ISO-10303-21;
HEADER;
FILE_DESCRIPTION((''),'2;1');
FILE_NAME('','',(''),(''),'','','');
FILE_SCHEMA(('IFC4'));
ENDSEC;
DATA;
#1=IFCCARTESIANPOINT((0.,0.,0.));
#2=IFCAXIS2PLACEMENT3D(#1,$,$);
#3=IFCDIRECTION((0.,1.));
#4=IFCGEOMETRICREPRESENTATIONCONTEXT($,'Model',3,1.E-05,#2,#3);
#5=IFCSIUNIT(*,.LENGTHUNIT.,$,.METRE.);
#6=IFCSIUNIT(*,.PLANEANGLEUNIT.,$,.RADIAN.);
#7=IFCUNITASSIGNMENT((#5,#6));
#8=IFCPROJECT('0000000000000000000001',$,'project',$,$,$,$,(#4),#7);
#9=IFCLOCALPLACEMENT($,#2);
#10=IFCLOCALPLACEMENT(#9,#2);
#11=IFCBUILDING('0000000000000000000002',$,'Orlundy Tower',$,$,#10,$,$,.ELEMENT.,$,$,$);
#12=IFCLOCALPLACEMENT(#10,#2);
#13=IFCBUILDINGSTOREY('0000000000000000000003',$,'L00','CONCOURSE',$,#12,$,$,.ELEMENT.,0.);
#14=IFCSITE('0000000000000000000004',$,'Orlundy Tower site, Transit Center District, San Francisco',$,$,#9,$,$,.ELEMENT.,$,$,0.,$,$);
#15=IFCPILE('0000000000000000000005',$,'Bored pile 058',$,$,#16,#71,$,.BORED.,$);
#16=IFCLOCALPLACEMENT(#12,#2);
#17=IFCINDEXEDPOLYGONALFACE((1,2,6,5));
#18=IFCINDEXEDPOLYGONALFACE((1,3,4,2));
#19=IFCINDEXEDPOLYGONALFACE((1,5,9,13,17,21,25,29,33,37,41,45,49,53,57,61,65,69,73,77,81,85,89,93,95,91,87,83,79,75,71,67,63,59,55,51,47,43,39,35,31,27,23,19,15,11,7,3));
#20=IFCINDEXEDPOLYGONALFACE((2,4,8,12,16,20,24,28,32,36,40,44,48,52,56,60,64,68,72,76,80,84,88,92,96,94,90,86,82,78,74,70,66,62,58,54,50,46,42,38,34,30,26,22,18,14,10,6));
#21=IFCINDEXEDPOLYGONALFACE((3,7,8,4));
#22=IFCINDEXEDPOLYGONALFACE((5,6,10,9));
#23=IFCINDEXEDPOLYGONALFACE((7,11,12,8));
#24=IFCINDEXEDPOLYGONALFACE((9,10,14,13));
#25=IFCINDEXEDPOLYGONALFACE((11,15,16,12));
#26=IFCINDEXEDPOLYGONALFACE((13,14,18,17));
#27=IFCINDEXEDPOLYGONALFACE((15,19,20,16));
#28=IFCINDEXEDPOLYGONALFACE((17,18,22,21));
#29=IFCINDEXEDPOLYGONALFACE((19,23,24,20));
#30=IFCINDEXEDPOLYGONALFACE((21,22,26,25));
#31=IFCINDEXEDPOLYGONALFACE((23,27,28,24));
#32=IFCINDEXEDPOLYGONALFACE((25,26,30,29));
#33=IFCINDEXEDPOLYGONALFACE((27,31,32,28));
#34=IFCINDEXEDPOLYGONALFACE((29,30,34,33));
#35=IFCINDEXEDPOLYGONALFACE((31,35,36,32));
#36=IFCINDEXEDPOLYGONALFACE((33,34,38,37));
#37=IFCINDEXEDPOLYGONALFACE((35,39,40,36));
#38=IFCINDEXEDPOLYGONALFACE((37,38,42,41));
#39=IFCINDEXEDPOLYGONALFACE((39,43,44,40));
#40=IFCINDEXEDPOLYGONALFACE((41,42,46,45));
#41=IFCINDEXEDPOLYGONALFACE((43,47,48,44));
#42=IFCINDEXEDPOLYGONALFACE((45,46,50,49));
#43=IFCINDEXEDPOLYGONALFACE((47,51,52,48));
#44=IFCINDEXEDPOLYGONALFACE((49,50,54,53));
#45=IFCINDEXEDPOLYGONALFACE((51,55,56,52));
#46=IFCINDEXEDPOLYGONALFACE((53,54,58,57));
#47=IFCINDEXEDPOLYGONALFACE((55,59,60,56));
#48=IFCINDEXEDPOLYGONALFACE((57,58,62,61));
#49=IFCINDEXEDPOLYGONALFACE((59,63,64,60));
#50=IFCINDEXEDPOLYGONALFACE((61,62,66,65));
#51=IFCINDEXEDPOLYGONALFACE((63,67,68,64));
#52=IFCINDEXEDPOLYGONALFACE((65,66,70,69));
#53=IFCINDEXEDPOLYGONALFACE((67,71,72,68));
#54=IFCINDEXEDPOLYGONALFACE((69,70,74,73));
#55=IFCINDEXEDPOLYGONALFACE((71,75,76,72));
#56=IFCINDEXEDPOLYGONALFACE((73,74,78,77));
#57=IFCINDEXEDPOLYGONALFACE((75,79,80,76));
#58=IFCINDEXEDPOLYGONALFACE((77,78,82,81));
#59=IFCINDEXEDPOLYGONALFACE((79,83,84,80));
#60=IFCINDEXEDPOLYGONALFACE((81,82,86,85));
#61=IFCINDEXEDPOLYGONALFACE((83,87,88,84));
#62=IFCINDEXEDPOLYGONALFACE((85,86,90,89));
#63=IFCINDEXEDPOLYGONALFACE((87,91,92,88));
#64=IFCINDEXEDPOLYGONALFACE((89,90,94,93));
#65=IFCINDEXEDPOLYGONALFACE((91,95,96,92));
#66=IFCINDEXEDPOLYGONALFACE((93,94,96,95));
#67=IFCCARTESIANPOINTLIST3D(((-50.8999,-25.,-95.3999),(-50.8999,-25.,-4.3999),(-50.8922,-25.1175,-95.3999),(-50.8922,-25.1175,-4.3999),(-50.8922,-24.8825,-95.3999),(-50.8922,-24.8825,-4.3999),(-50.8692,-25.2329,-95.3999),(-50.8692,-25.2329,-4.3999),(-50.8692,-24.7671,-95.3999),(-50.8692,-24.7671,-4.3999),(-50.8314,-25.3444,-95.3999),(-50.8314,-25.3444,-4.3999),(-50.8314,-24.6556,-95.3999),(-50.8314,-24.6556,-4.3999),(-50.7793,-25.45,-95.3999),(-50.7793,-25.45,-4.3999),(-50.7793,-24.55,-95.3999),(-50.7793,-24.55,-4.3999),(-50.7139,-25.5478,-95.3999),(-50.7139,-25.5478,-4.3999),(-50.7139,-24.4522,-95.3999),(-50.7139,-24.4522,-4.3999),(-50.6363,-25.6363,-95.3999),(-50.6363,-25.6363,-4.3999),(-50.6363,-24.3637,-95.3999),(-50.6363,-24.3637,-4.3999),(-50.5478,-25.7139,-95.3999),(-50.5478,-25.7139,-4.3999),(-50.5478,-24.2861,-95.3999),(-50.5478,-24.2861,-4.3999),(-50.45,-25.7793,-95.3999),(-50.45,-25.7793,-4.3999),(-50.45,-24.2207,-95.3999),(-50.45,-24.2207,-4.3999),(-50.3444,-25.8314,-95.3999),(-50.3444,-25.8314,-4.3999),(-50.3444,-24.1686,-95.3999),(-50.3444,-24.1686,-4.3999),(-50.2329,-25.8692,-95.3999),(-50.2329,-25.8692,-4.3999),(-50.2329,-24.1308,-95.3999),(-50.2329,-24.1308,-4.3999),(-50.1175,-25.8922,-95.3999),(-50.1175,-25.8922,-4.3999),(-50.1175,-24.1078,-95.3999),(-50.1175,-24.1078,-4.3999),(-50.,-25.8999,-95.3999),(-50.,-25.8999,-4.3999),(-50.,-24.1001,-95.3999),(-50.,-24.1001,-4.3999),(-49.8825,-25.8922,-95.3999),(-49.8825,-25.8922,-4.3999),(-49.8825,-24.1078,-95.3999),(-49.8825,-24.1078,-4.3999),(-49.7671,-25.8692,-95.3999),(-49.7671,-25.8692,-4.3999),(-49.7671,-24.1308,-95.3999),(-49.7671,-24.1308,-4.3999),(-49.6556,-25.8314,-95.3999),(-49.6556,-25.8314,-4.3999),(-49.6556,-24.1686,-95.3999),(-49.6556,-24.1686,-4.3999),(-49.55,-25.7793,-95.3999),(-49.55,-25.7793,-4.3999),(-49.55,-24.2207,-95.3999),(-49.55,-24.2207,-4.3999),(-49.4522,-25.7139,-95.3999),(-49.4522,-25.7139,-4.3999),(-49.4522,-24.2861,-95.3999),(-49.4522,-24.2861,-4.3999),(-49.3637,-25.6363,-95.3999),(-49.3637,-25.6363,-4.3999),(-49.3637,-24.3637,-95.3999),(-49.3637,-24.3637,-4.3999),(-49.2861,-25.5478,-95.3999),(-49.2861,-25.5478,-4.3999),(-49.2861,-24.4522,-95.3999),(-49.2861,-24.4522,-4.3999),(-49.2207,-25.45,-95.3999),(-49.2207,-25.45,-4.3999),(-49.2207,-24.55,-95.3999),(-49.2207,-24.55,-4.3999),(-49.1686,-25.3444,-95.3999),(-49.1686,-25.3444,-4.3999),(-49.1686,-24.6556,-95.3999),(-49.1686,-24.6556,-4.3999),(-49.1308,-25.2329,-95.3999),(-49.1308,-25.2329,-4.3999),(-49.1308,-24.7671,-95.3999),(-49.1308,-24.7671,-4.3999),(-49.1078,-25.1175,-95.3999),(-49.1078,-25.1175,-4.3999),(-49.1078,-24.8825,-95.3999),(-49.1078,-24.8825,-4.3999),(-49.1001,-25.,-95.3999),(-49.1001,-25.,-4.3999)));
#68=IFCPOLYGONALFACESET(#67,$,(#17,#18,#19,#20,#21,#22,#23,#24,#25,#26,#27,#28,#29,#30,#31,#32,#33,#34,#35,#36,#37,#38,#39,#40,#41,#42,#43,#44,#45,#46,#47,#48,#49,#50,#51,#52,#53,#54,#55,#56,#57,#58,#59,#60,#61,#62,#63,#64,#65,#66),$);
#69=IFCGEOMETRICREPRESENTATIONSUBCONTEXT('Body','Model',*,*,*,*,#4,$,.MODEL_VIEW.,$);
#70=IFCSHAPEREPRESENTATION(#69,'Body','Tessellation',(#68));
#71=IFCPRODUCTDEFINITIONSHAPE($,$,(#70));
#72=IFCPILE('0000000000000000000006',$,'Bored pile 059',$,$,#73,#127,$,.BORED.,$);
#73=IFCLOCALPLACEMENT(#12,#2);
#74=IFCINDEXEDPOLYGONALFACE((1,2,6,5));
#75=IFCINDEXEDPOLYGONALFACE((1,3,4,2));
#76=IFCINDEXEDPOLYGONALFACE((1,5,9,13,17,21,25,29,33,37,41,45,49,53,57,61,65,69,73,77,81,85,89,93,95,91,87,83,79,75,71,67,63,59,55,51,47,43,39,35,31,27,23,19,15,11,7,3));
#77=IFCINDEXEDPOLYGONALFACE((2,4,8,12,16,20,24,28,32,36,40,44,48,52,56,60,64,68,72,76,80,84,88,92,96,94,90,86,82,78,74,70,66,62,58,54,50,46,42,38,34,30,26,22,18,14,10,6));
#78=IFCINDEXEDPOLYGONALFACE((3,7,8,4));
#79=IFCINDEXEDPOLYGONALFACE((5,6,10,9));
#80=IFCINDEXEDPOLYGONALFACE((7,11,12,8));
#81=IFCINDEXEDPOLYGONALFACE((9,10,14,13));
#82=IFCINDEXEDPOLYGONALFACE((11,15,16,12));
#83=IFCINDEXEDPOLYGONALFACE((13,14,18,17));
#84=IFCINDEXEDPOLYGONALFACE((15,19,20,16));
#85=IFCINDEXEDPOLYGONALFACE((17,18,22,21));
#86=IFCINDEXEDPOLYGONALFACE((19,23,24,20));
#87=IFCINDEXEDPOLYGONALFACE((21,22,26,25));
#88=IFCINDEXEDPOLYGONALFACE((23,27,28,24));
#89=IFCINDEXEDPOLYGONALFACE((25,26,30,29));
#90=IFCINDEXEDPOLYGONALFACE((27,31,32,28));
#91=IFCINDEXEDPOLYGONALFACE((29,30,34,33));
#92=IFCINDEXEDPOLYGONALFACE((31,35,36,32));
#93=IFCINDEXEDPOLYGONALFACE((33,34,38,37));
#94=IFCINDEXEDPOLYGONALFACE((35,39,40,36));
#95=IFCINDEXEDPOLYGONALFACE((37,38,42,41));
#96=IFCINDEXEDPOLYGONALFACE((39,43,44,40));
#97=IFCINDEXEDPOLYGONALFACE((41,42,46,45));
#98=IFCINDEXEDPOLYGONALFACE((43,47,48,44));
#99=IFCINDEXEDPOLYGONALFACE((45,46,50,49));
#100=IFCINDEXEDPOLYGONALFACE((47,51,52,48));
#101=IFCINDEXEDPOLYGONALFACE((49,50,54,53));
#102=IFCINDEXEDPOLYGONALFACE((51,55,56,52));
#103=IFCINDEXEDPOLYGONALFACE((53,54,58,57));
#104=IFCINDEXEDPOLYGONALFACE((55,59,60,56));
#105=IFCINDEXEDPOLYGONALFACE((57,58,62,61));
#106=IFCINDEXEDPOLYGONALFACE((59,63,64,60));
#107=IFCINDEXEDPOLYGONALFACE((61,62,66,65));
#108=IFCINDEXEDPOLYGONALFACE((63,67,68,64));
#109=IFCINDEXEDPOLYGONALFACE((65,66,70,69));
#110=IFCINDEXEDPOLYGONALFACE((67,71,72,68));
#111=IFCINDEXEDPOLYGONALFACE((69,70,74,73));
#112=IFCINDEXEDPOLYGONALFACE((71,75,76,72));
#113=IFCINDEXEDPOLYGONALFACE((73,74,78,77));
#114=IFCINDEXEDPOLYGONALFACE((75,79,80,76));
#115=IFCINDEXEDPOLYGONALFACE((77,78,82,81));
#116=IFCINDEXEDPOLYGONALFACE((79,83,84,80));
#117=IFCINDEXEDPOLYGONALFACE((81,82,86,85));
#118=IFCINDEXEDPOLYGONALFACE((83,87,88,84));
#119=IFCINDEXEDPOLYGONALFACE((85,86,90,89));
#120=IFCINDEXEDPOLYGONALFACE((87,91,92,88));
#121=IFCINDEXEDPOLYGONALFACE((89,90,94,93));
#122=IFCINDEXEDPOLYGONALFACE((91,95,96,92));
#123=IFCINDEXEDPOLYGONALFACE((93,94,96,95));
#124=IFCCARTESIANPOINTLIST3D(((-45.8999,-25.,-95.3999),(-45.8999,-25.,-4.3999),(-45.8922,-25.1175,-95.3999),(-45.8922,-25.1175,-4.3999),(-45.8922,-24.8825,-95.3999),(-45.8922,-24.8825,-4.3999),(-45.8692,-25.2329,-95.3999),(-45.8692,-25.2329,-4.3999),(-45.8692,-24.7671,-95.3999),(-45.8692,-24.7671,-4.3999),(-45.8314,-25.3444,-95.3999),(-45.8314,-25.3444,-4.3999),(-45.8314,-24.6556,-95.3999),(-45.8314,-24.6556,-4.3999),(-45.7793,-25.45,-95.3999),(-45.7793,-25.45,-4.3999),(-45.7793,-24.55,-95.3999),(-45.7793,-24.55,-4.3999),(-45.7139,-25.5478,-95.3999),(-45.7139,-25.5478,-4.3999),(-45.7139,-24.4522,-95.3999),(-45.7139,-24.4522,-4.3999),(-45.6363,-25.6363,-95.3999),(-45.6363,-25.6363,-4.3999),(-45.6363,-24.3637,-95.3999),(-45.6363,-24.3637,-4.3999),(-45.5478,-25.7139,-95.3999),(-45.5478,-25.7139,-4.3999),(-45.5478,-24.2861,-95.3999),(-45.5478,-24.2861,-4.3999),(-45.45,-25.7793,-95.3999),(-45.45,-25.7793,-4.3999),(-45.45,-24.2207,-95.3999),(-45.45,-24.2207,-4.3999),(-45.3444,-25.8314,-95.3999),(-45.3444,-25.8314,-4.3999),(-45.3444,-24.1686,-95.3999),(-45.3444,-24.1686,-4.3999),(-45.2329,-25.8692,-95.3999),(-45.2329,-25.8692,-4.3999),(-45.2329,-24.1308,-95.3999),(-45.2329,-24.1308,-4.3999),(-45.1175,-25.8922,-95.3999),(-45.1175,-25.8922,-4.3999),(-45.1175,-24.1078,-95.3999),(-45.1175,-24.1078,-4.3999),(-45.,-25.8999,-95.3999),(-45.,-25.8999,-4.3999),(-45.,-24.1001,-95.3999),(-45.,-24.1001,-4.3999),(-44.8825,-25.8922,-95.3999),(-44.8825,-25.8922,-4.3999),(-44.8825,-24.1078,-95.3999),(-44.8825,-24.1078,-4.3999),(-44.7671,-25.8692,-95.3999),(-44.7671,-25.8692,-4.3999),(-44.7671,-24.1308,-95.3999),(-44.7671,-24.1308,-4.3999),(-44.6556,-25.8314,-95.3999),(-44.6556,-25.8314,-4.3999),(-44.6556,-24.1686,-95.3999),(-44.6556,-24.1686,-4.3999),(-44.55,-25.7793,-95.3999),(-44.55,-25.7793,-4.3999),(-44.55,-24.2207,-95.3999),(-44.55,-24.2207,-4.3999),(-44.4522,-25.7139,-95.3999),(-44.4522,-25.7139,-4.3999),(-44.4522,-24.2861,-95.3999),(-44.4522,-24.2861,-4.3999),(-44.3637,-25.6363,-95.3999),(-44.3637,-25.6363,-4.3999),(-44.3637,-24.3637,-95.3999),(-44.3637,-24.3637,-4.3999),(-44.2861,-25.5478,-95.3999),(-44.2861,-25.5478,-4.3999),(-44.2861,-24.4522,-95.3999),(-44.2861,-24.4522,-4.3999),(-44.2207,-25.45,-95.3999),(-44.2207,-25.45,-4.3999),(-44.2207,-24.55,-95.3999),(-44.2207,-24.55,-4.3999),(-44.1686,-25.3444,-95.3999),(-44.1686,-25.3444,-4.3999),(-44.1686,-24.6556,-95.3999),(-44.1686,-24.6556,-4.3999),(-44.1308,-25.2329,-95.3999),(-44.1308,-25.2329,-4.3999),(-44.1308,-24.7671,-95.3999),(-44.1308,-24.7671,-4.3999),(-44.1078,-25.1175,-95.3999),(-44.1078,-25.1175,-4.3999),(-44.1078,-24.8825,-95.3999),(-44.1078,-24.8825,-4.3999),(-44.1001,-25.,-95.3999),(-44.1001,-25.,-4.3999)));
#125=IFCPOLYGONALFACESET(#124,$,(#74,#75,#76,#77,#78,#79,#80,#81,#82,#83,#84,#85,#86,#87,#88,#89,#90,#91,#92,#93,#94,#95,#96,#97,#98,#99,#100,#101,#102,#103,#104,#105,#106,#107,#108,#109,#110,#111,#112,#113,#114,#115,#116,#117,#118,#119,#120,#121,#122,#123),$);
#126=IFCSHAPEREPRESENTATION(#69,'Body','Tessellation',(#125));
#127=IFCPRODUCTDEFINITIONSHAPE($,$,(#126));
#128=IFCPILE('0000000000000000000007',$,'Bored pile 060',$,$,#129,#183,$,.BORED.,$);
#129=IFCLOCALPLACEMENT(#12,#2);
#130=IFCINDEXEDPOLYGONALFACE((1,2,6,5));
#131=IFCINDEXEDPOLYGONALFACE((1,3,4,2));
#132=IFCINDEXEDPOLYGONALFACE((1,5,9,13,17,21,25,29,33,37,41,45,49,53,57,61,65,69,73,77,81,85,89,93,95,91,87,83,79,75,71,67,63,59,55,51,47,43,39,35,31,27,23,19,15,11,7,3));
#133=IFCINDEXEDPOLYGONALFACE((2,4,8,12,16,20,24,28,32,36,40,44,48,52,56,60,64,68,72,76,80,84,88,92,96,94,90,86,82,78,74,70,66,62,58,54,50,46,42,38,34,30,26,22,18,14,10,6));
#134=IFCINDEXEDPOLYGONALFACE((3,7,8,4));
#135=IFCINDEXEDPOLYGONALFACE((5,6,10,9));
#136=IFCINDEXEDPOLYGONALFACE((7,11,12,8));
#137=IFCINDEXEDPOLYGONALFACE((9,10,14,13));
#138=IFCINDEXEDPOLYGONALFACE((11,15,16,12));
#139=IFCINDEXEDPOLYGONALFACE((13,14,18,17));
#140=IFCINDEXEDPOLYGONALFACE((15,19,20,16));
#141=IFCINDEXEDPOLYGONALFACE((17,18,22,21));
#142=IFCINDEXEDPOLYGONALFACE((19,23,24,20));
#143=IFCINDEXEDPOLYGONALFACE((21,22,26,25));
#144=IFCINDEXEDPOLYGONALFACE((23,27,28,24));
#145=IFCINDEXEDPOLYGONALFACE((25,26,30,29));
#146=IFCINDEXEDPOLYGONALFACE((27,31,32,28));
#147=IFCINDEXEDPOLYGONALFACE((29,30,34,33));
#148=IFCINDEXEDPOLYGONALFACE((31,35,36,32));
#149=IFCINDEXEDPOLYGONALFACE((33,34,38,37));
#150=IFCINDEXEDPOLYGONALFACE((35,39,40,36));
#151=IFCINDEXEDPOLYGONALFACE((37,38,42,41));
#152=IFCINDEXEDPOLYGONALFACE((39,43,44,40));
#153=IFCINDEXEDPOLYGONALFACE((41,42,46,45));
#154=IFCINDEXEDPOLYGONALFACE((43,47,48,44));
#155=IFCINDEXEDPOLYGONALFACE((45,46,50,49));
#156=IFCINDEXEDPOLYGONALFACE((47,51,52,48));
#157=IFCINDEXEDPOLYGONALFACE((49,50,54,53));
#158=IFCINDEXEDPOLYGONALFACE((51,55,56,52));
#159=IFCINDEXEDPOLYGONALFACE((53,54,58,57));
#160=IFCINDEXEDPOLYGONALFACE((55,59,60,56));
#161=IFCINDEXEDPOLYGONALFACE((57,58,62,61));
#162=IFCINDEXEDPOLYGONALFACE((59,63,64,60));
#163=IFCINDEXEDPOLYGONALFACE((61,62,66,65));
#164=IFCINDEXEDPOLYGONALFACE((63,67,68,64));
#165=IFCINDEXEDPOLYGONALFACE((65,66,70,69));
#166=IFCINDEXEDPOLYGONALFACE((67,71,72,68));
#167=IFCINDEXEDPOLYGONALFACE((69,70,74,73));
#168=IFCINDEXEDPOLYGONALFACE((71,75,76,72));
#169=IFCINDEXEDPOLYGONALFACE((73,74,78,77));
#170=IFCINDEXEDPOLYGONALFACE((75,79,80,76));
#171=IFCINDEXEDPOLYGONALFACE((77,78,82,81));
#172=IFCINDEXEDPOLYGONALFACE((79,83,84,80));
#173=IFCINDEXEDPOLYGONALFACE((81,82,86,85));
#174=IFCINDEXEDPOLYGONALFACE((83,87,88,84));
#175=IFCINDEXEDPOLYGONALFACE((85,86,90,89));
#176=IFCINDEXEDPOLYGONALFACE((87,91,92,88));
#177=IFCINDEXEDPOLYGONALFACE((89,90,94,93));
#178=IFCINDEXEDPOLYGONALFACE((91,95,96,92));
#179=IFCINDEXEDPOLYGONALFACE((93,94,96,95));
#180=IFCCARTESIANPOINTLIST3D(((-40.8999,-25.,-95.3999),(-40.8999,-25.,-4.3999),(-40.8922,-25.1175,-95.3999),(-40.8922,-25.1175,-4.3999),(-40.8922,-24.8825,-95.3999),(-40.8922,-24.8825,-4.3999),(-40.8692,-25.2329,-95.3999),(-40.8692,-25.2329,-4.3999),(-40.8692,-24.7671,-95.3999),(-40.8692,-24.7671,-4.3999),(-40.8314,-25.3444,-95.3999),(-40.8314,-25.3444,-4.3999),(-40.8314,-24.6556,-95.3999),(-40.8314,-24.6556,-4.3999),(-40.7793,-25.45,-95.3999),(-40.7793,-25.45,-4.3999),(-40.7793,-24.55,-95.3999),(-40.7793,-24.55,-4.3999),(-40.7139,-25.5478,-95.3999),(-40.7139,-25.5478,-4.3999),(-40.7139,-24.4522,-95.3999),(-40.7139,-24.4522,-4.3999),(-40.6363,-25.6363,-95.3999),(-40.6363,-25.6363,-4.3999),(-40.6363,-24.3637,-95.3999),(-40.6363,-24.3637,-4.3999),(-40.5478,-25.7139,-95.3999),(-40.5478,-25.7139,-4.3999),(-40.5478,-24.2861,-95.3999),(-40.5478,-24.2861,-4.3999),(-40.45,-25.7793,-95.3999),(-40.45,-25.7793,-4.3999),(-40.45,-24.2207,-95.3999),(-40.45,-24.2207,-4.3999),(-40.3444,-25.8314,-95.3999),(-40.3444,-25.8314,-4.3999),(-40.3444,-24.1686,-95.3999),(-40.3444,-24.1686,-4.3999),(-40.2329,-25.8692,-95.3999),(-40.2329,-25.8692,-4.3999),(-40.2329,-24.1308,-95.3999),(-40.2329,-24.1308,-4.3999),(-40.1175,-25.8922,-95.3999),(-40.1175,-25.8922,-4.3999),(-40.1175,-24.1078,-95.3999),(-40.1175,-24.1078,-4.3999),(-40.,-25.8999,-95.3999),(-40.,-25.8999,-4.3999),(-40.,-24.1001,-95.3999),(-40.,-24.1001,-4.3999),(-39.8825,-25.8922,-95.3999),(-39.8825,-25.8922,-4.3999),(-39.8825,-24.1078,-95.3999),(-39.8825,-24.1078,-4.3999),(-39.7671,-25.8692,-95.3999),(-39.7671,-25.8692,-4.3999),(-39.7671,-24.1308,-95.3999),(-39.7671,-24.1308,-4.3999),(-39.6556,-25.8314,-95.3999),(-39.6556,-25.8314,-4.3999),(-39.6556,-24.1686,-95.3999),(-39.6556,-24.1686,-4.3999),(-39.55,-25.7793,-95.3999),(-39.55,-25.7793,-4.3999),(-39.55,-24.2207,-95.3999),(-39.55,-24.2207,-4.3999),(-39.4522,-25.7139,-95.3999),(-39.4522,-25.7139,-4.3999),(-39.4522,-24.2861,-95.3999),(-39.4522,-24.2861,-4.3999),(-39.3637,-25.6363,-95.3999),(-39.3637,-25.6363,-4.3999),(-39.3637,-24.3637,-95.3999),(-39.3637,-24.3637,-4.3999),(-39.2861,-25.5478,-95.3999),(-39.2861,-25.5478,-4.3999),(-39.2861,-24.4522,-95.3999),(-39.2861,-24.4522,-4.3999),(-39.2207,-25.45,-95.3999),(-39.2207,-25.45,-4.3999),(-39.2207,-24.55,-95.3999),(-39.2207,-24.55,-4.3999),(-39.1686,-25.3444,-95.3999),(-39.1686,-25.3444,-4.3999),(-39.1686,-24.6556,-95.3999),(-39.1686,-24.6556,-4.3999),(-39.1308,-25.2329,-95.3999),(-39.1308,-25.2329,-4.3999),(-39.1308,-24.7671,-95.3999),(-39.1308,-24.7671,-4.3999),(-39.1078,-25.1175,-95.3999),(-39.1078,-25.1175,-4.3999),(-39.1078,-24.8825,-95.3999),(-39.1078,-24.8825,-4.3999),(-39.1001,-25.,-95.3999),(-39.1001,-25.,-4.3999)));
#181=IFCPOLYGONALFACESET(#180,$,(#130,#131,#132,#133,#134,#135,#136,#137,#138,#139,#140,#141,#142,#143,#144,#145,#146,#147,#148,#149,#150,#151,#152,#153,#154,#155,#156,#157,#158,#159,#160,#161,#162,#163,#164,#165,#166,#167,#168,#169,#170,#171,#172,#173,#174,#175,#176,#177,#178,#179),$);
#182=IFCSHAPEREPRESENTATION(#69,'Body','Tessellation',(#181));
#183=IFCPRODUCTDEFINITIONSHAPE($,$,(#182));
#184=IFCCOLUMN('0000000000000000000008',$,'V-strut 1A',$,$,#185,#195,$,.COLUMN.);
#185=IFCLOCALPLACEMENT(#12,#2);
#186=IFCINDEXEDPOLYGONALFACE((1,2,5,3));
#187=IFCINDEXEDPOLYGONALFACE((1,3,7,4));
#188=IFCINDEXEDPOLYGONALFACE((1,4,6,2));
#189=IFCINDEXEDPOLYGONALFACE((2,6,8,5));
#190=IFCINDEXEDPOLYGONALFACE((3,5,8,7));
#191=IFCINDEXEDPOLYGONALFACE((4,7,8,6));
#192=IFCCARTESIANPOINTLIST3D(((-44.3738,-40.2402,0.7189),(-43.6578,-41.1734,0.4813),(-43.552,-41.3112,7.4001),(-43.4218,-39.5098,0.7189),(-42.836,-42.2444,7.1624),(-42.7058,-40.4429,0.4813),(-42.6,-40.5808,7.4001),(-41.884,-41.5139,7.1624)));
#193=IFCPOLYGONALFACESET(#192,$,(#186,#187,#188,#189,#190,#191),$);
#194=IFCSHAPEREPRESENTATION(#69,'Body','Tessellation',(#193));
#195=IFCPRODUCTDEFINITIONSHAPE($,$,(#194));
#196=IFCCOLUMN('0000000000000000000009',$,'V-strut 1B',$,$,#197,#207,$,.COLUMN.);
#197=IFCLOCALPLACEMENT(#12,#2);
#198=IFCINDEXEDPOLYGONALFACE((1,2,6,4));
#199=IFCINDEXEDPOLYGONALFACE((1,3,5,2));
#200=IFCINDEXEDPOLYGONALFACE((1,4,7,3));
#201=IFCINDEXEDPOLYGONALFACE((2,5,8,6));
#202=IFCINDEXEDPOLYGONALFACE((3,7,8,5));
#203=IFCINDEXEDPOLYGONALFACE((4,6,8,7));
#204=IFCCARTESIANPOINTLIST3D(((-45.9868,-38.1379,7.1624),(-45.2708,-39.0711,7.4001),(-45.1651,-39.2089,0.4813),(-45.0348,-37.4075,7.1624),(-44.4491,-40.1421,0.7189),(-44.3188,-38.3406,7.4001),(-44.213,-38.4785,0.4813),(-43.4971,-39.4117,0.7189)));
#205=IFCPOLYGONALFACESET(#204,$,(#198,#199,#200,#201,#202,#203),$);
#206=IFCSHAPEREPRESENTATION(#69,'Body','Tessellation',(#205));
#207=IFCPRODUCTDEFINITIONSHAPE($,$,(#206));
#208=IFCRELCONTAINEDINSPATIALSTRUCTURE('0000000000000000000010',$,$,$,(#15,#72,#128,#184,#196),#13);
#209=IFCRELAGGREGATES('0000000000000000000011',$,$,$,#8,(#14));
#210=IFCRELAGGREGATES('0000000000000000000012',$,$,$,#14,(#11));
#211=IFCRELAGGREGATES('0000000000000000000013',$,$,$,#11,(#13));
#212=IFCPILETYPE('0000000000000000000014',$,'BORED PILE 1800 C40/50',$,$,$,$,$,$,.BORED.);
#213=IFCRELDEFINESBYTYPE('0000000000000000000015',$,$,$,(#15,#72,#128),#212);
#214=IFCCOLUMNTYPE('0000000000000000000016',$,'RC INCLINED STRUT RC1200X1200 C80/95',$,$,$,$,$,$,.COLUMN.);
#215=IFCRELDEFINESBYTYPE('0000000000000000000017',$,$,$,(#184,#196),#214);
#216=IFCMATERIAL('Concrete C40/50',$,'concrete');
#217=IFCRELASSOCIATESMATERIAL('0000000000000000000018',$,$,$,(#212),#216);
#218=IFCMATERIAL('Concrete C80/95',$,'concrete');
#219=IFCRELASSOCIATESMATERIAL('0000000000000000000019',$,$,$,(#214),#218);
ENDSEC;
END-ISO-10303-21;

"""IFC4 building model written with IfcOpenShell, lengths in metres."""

from ifc_helpers import new_model, si_unit, direction, frame, origin, origin_2d, place, context, subcontext, project, spatial, rectangle, circle, extrude, material, material_profile, profile_set, type_object, element, save


model = new_model("IFC4")

# Units and contexts
model_context = context("Model", 3, precision=1e-05, world=origin(), true_north=direction((0.0, 1.0)))
body_context = subcontext(model_context, "Body", "Model", "MODEL_VIEW")
ifc_project = project(units=[si_unit("LENGTHUNIT", "METRE"), si_unit("PLANEANGLEUNIT", "RADIAN")], contexts=[model_context])

# Site, building, storey
site_placement = place(None, origin())
site = spatial("IfcSite", under=ifc_project, at=site_placement, Name="Orlundy Tower site, Transit Center District, San Francisco", CompositionType="ELEMENT", RefElevation=0.0)
building_placement = place(site_placement, origin())
building = spatial("IfcBuilding", under=site, at=building_placement, Name="Orlundy Tower", CompositionType="ELEMENT")
storey_placement = place(building_placement, origin())
storey = spatial("IfcBuildingStorey", under=building, at=storey_placement, Name="L00", Description="CONCOURSE", CompositionType="ELEMENT", Elevation=0.0)

# Piles
ifc_material_1 = material(Name="Concrete C40/50", Category="concrete")
ifc_material_profile_1 = material_profile(ifc_material_1, circle(Radius=0.8999, at=origin_2d()), Name="BP1800")
ifc_profile_set_1 = profile_set([ifc_material_profile_1], Name="Concrete C40/50")
pile_type = type_object("IfcPileType", Name="BORED PILE 1800 C40/50", PredefinedType="BORED", material=ifc_profile_set_1)
for number, where, z_axis, x_axis, name in (
    (1, (-50.0, -25.0, -4.3999), (0.0, 0.0, -1.0), (1.0, 0.0, 0.0), "Bored pile 058"),
    (2, (-45.0, -25.0, -4.3999), (0.0, 0.0, -1.0), (1.0, 0.0, 0.0), "Bored pile 059"),
    (3, (-40.0, -25.0, -4.3999), (0.0, 0.0, -1.0), (1.0, 0.0, 0.0), "Bored pile 060"),
):
    element("IfcPile", number, at=place(storey_placement, frame(where, z_axis=z_axis, x_axis=x_axis)), inside=storey, type_object=pile_type, Name=name, PredefinedType="BORED", context=body_context, shape_type="SweptSolid", body=[
        extrude(circle(Radius=0.8999, at=origin_2d()), origin(), (0.0, 0.0, 1.0), 91.0),
    ])

# Columns
ifc_material_2 = material(Name="Concrete C80/95", Category="concrete")
ifc_material_profile_2 = material_profile(ifc_material_2, rectangle(XDim=1.2, YDim=1.2, at=origin_2d()), Name="RC1200X1200")
ifc_profile_set_2 = profile_set([ifc_material_profile_2], Name="Concrete C80/95")
column_type_1 = type_object("IfcColumnType", Name="RC INCLINED STRUT RC1200X1200 C80/95", PredefinedType="COLUMN", material=ifc_profile_set_2)
for number, where, z_axis, x_axis, name in (
    (4, (-43.5398, -40.3416, 0.6001), (0.120563, -0.157133, 0.980191), (0.793376, 0.608731, 0.0), "V-strut 1A"),
    (5, (-44.3311, -39.3103, 0.6001), (-0.120563, 0.157133, 0.980191), (-0.793376, -0.608731, 0.0), "V-strut 1B"),
):
    element("IfcColumn", number, at=place(storey_placement, frame(where, z_axis=z_axis, x_axis=x_axis)), inside=storey, type_object=column_type_1, Name=name, PredefinedType="COLUMN", context=body_context, shape_type="SweptSolid", body=[
        extrude(rectangle(XDim=1.2, YDim=1.2, at=origin_2d()), origin(), (0.0, 0.0, 1.0), 6.8162),
    ])

save(model, "model.ifc")
